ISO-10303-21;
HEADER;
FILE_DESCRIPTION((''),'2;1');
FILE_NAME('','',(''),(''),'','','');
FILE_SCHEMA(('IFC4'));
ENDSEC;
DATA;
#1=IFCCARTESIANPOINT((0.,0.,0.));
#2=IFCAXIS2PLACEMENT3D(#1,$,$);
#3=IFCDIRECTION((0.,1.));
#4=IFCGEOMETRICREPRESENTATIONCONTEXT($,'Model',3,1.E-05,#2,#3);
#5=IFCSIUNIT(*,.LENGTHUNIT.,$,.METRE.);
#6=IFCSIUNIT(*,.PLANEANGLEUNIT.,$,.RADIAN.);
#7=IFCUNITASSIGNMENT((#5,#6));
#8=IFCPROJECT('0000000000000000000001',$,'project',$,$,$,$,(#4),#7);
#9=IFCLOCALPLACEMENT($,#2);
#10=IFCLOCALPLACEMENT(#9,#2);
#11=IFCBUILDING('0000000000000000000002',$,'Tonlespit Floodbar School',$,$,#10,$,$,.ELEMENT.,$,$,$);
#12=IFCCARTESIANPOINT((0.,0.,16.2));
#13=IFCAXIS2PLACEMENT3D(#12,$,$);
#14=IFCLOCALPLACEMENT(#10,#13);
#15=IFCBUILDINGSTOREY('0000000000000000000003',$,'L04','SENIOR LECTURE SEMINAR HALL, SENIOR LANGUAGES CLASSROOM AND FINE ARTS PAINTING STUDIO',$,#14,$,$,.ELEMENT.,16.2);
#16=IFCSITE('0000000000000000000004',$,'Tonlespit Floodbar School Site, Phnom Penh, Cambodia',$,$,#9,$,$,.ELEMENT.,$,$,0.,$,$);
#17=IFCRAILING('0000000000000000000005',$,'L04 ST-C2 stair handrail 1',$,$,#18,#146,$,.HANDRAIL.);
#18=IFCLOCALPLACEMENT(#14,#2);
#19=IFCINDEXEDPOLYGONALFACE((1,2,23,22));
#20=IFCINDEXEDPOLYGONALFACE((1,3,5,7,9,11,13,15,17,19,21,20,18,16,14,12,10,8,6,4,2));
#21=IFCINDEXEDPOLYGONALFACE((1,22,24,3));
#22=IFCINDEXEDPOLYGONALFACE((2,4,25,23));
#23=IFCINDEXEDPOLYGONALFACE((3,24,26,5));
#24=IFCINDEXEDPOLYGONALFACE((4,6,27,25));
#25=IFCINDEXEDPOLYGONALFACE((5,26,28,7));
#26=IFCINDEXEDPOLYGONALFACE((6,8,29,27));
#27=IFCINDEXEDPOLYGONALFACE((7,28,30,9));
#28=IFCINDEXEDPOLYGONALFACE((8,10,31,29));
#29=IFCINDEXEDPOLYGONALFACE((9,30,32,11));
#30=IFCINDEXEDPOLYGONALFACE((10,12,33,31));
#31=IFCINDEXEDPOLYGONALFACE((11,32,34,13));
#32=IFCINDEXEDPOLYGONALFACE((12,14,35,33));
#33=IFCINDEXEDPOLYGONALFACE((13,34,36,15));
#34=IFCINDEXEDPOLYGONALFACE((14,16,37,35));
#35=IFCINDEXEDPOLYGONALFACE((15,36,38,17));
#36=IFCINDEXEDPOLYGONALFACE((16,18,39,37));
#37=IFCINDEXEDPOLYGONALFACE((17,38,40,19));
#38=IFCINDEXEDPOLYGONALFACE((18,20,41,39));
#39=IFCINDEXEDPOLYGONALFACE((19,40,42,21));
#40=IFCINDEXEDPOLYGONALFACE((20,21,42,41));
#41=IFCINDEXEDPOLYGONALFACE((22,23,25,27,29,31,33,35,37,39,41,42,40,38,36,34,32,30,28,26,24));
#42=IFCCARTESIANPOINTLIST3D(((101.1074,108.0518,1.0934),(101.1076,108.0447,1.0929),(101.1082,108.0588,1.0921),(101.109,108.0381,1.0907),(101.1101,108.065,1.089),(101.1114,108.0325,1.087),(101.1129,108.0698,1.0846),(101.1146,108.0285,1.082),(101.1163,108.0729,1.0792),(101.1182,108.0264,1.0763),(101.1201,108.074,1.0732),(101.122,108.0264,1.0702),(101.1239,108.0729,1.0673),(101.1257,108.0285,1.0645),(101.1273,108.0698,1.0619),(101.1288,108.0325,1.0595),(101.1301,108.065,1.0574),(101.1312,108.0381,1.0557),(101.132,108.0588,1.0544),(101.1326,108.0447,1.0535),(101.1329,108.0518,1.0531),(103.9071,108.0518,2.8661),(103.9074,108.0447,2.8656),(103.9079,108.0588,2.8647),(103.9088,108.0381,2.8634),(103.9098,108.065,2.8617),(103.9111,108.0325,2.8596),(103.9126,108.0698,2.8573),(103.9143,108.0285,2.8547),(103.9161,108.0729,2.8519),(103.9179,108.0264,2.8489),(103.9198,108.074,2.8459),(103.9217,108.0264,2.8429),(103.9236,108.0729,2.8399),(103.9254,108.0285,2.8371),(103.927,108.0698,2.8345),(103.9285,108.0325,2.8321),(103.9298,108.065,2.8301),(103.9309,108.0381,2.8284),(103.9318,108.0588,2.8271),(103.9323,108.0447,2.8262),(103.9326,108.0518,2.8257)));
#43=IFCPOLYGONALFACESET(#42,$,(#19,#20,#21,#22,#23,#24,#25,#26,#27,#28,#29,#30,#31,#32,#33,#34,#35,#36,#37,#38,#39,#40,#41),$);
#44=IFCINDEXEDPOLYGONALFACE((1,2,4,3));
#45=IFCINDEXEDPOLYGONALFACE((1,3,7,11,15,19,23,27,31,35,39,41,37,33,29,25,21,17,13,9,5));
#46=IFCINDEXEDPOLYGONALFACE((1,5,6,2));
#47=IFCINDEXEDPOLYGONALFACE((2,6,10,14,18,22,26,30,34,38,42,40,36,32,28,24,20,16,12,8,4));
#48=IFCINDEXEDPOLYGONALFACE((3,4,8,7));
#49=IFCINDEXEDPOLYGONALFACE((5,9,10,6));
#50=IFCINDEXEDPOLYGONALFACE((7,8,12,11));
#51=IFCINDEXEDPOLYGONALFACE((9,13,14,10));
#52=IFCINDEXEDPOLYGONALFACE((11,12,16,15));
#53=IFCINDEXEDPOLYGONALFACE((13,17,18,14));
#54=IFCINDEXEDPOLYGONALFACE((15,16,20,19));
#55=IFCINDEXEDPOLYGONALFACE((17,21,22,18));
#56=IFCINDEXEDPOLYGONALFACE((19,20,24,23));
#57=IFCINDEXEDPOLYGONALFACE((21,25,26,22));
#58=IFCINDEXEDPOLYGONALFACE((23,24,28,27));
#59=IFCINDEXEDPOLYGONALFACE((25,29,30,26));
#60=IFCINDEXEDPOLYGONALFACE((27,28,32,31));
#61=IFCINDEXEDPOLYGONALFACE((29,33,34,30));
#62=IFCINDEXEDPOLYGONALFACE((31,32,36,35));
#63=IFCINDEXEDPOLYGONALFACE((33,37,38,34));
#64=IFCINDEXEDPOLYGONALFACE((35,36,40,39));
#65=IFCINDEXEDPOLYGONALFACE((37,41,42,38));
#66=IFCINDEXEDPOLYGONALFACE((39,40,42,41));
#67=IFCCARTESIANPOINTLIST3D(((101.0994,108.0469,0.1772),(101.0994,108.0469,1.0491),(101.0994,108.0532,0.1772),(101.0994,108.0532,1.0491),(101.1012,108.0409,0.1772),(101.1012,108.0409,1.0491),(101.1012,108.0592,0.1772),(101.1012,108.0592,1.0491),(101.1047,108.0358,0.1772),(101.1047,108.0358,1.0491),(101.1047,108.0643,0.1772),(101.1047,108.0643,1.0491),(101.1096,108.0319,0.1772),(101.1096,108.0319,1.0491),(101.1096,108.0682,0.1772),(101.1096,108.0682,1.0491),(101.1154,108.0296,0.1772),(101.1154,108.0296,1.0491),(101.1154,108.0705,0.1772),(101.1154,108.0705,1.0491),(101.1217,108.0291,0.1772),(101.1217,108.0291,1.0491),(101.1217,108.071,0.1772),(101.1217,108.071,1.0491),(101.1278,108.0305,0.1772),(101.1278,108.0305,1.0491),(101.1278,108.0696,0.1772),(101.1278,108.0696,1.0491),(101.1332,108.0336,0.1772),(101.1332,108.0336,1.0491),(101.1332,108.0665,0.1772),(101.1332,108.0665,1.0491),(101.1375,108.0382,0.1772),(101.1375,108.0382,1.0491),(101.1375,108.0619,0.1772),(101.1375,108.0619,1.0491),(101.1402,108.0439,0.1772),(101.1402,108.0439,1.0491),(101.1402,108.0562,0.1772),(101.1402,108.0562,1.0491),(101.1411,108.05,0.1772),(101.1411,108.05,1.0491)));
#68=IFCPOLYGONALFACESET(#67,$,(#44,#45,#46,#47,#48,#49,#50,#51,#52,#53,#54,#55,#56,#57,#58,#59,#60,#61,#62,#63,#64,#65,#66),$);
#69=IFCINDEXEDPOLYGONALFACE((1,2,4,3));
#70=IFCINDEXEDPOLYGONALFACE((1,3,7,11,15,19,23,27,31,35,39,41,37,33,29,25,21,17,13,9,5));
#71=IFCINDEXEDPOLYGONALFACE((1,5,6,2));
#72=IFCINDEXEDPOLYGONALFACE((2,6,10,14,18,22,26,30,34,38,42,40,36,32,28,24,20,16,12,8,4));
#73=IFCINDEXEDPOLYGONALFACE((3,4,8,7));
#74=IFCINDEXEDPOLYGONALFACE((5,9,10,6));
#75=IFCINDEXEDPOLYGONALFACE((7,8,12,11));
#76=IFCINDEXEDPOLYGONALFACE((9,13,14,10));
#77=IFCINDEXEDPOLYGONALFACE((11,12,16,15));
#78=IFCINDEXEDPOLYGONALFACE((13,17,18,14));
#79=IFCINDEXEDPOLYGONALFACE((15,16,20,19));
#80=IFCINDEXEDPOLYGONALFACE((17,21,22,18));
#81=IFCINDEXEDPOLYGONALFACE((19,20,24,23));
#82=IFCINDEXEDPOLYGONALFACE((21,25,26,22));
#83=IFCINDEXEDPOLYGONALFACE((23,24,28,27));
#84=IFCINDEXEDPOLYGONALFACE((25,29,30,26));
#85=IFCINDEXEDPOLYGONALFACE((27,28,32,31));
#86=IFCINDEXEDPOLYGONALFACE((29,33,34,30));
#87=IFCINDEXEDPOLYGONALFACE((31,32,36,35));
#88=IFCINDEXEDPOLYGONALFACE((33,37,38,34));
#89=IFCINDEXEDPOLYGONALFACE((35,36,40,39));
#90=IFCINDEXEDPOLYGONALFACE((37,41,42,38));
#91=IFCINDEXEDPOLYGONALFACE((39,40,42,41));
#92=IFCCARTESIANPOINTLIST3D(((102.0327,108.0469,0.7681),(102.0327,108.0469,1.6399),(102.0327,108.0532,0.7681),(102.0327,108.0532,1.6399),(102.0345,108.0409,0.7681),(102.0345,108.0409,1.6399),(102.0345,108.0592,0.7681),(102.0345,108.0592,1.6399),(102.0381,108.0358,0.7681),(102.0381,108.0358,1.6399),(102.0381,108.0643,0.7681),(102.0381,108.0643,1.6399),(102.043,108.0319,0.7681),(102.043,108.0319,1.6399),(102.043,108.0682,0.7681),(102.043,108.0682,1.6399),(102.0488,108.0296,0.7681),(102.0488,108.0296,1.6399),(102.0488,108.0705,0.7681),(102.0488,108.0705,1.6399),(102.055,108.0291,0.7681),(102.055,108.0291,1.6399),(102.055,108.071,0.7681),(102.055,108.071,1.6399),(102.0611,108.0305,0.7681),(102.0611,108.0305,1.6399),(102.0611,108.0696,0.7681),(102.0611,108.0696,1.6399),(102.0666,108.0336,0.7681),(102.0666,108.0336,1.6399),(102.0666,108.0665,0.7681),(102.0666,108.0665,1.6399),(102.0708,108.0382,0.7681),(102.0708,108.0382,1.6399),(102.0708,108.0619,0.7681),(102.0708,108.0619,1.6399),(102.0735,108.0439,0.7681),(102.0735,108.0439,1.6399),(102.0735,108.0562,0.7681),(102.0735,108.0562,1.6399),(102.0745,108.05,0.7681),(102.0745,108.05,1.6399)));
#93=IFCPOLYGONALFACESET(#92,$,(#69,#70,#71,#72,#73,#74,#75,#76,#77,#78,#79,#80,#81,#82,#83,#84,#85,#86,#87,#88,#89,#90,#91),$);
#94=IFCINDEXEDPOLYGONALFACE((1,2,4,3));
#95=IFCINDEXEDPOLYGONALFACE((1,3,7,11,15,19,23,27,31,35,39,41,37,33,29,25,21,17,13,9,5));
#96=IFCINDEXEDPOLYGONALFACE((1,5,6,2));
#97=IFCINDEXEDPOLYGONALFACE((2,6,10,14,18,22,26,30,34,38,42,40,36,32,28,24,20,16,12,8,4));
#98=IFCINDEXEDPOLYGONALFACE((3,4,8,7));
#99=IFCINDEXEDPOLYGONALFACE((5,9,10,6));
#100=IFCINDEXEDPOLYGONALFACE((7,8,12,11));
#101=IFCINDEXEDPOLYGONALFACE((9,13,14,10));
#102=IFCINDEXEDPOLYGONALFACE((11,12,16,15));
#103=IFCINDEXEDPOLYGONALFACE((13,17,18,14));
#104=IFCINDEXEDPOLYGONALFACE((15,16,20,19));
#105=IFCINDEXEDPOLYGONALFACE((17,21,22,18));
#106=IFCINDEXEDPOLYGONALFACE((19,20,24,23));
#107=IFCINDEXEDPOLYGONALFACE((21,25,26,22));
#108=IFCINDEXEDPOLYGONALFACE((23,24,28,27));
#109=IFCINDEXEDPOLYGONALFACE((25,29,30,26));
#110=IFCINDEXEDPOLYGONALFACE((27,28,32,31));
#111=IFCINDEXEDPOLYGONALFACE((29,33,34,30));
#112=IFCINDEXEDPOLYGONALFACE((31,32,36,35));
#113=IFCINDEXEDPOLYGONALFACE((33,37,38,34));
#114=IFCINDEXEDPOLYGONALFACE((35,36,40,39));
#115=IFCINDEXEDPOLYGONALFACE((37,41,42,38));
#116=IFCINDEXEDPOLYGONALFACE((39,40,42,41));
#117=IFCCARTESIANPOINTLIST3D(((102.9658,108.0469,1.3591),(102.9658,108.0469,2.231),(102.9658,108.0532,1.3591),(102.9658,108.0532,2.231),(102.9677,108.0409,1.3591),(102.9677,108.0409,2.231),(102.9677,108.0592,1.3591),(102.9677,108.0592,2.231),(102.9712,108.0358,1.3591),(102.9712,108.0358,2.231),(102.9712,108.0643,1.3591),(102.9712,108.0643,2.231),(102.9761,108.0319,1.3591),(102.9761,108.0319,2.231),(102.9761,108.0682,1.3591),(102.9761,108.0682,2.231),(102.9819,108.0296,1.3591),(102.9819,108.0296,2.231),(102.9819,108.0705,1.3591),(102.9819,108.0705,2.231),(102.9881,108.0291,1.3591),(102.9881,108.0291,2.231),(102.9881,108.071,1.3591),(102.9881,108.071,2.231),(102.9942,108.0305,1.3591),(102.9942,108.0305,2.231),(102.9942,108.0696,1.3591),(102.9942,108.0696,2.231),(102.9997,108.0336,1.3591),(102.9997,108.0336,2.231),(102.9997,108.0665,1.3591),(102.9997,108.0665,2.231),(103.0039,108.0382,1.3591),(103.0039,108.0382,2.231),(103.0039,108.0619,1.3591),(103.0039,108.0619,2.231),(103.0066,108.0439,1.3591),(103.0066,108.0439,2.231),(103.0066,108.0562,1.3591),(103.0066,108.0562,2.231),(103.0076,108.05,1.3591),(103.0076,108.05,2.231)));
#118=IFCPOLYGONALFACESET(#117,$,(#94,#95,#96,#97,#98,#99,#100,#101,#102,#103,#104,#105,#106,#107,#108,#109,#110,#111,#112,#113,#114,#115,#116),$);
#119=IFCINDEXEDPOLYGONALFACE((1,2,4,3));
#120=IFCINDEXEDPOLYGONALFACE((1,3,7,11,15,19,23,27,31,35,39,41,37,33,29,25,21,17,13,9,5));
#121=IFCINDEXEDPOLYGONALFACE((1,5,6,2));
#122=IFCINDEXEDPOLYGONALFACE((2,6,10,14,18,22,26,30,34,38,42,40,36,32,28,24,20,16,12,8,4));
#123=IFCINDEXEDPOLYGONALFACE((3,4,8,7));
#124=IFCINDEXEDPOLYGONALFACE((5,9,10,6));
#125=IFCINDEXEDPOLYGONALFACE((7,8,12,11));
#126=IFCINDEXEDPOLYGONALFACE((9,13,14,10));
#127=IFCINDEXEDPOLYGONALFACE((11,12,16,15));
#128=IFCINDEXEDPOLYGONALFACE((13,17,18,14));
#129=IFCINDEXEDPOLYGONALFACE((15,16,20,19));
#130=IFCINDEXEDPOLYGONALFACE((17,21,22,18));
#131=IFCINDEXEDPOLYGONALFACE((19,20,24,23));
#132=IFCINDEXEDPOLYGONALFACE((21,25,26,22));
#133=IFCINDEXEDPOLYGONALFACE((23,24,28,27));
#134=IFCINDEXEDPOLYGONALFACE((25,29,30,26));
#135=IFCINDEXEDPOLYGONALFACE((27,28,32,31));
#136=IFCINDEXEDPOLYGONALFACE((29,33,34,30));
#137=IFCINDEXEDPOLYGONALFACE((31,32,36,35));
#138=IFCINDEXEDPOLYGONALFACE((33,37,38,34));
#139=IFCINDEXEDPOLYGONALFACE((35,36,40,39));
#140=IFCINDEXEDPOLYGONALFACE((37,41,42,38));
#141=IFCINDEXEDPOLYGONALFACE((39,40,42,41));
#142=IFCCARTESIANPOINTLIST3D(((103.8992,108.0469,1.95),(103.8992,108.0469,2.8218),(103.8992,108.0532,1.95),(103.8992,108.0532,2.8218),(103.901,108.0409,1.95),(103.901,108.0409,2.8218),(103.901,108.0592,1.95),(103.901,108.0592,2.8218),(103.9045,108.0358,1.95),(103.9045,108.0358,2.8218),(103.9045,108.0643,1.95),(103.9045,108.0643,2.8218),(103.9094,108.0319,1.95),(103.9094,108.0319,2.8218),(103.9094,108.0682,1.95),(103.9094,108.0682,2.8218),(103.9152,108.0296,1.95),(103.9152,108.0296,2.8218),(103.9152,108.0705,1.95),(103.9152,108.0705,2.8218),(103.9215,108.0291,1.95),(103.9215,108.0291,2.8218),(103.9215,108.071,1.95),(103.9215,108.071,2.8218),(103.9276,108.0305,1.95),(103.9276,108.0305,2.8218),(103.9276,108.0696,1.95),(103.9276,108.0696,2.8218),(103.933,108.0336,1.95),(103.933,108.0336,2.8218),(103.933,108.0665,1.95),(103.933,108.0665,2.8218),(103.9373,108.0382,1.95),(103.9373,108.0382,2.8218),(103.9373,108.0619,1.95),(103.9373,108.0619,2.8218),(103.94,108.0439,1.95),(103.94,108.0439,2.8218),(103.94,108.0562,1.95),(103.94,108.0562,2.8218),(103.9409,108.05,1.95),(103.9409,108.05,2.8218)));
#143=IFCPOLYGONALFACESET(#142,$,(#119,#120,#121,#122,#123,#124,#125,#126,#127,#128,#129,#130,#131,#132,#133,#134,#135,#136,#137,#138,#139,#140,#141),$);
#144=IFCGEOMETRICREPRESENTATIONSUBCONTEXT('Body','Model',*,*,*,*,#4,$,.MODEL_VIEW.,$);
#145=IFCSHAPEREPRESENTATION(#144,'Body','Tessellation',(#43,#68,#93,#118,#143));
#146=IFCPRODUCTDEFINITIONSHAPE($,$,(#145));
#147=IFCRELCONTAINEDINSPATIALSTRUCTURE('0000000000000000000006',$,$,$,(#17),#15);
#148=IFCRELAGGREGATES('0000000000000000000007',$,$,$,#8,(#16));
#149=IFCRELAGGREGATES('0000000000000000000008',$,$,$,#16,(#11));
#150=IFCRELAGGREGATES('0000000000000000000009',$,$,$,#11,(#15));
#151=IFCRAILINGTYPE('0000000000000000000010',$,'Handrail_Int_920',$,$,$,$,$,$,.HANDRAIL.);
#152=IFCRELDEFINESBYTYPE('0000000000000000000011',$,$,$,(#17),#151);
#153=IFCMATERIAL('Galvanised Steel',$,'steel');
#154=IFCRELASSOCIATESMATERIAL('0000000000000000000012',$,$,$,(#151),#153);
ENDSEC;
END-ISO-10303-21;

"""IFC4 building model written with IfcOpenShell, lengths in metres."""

from ifc_helpers import new_model, si_unit, direction, frame, origin, origin_2d, place, context, subcontext, project, spatial, circle, extrude, material, type_object, element, save


model = new_model("IFC4")

# Units and contexts
model_context = context("Model", 3, precision=1e-05, world=origin(), true_north=direction((0.0, 1.0)))
body_context = subcontext(model_context, "Body", "Model", "MODEL_VIEW")
ifc_project = project(units=[si_unit("LENGTHUNIT", "METRE"), si_unit("PLANEANGLEUNIT", "RADIAN")], contexts=[model_context])

# Site, building, storey
site_placement = place(None, origin())
site = spatial("IfcSite", under=ifc_project, at=site_placement, Name="Tonlespit Floodbar School Site, Phnom Penh, Cambodia", CompositionType="ELEMENT", RefElevation=0.0)
building_placement = place(site_placement, origin())
building = spatial("IfcBuilding", under=site, at=building_placement, Name="Tonlespit Floodbar School", CompositionType="ELEMENT")
storey_placement = place(building_placement, frame((0.0, 0.0, 16.2)))
storey = spatial("IfcBuildingStorey", under=building, at=storey_placement, Name="L04", Description="SENIOR LECTURE SEMINAR HALL, SENIOR LANGUAGES CLASSROOM AND FINE ARTS PAINTING STUDIO", CompositionType="ELEMENT", Elevation=16.2)

# Shared definitions
ifc_material_1 = material(Name="Galvanised Steel", Category="steel")

# Railing
railing_type_1 = type_object("IfcRailingType", Name="Handrail_Int_920", PredefinedType="HANDRAIL", material=ifc_material_1)
railing_1_placement = place(storey_placement, frame((101.1201, 108.05, 0.1772)))
element("IfcRailing", 1, at=railing_1_placement, inside=storey, type_object=railing_type_1, Name="L04 ST-C2 stair handrail 1", PredefinedType="HANDRAIL", context=body_context, shape_type="SweptSolid", body=[
    extrude(circle(Radius=0.0239, at=origin_2d()), frame((0.0, 0.0, 0.896), z_axis=(0.844888, 0.0, 0.534943), x_axis=(0.0, 1.0, 0.0)), (0.0, 0.0, 1.0), 3.3137),
    extrude(circle(Radius=0.021, at=origin_2d()), origin(), (0.0, 0.0, 1.0), 0.8718),
    extrude(circle(Radius=0.021, at=origin_2d()), frame((0.9333, 0.0, 0.5908)), (0.0, 0.0, 1.0), 0.8718),
    extrude(circle(Radius=0.021, at=origin_2d()), frame((1.8665, 0.0, 1.1819)), (0.0, 0.0, 1.0), 0.8718),
    extrude(circle(Radius=0.021, at=origin_2d()), frame((2.7998, 0.0, 1.7727)), (0.0, 0.0, 1.0), 0.8718),
])

save(model, "model.ifc")
